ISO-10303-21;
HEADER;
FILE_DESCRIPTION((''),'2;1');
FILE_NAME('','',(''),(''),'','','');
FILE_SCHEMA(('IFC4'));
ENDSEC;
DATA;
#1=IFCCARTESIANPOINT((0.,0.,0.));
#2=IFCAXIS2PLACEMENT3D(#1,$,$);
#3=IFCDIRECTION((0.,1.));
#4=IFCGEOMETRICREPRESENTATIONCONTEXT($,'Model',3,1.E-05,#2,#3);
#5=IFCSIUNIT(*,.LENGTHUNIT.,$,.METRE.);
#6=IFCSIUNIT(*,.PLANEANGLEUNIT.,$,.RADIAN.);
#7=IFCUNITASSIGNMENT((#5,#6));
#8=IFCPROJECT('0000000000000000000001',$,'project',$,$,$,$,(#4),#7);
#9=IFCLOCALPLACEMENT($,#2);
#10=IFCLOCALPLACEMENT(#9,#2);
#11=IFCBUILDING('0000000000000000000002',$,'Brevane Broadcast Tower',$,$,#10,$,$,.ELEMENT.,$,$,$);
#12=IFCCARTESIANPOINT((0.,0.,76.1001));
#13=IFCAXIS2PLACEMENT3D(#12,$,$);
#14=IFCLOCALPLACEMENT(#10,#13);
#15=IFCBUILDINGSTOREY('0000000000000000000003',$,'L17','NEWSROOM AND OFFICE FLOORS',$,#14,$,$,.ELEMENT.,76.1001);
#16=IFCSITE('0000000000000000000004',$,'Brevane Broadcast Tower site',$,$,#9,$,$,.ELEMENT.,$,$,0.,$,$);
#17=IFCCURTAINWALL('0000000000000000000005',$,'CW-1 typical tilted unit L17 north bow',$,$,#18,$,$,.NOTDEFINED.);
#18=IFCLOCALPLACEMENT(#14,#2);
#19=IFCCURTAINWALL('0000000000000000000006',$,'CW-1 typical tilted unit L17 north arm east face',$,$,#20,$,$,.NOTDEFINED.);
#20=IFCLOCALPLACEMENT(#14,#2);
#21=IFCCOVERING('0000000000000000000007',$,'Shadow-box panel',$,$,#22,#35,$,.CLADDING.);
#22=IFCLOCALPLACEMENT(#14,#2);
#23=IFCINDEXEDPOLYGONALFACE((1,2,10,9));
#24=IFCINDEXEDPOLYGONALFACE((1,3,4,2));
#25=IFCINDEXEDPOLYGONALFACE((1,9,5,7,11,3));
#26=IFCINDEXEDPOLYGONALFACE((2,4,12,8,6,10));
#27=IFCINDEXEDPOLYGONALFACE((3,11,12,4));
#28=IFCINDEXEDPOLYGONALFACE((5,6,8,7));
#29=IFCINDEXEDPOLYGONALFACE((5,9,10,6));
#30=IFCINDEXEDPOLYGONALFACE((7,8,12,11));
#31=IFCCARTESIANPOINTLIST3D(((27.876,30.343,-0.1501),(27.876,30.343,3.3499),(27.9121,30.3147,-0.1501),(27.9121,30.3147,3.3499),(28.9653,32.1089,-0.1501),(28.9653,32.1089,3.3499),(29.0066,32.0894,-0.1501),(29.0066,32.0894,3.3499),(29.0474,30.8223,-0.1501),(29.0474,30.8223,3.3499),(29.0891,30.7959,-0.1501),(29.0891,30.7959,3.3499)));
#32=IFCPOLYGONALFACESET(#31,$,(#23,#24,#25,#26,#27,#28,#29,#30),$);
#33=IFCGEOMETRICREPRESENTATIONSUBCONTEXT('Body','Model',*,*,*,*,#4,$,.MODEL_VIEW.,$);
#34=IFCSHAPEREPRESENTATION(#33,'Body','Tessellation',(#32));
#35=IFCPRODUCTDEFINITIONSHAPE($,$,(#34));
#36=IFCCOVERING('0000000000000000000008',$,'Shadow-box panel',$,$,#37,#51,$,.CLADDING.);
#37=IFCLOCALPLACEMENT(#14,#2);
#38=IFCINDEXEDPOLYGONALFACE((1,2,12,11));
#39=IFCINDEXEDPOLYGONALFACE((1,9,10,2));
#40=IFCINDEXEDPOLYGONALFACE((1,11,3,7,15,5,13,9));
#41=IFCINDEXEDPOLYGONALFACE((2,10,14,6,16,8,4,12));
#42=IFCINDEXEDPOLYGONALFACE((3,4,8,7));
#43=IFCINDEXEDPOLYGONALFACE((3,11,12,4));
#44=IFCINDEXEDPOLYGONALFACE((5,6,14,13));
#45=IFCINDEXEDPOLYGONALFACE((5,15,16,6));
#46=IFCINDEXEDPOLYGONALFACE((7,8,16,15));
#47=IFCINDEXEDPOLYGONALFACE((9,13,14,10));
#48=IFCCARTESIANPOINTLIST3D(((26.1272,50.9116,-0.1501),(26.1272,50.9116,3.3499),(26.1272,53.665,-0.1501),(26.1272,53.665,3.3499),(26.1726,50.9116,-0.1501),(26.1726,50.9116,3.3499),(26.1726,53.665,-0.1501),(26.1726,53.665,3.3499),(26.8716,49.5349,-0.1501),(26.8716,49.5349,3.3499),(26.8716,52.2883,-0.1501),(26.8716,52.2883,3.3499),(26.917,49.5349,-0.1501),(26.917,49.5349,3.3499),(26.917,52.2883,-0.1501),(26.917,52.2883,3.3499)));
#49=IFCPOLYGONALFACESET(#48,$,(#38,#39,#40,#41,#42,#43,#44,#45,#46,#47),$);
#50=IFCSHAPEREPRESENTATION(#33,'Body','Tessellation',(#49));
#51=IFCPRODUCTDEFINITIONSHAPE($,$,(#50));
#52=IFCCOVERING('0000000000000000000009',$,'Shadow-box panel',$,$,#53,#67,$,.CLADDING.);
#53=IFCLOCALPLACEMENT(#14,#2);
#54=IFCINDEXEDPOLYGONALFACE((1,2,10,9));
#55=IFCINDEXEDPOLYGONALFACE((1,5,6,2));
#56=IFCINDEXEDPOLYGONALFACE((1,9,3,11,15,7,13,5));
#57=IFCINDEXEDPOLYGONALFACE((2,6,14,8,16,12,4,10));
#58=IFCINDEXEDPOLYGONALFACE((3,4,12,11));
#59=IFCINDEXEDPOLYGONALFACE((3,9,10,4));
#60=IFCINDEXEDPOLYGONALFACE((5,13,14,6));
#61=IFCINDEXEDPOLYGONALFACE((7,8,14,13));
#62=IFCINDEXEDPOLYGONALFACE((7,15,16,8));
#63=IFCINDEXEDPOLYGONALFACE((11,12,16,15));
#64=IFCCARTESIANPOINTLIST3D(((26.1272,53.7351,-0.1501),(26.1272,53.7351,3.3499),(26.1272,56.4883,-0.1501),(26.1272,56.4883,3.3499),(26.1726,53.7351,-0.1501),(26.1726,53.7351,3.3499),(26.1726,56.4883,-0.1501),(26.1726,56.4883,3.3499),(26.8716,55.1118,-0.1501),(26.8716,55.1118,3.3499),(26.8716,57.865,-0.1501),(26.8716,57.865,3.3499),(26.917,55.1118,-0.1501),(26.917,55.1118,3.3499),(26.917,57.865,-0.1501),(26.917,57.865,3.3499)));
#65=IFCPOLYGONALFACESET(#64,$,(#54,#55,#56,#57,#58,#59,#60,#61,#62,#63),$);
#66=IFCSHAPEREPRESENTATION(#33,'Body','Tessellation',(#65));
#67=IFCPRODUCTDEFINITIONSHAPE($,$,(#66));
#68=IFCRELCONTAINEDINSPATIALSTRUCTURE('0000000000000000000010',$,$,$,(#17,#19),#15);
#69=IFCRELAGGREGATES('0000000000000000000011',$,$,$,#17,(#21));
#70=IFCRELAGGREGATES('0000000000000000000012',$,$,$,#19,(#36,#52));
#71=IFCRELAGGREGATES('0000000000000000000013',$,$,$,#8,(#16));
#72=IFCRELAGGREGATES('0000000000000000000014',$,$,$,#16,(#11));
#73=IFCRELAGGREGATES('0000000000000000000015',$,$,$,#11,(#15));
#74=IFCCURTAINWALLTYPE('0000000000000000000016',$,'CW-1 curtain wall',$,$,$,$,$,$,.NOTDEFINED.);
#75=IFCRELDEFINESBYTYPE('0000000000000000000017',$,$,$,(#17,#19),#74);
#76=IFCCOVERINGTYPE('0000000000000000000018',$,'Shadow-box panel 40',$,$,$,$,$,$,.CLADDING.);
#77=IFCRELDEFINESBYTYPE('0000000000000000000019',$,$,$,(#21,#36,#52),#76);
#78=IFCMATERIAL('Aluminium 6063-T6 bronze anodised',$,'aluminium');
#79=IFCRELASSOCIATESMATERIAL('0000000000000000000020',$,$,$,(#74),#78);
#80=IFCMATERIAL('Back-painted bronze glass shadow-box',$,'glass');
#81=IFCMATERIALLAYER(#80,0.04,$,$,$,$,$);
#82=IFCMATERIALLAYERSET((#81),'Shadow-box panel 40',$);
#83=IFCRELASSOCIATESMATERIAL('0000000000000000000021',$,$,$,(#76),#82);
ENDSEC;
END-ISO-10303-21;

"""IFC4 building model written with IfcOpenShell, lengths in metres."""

from ifc_helpers import new_model, si_unit, direction, frame, origin, place, context, subcontext, project, spatial, polyline, outline, extrude, material, layer, layer_set, type_object, element, aggregate, save


model = new_model("IFC4")

# Units and contexts
model_context = context("Model", 3, precision=1e-05, world=origin(), true_north=direction((0.0, 1.0)))
body_context = subcontext(model_context, "Body", "Model", "MODEL_VIEW")
ifc_project = project(units=[si_unit("LENGTHUNIT", "METRE"), si_unit("PLANEANGLEUNIT", "RADIAN")], contexts=[model_context])

# Site, building, storey
site_placement = place(None, origin())
site = spatial("IfcSite", under=ifc_project, at=site_placement, Name="Brevane Broadcast Tower site", CompositionType="ELEMENT", RefElevation=0.0)
building_placement = place(site_placement, origin())
building = spatial("IfcBuilding", under=site, at=building_placement, Name="Brevane Broadcast Tower", CompositionType="ELEMENT")
storey_placement = place(building_placement, frame((0.0, 0.0, 76.1001)))
storey = spatial("IfcBuildingStorey", under=building, at=storey_placement, Name="L17", Description="NEWSROOM AND OFFICE FLOORS", CompositionType="ELEMENT", Elevation=76.1001)

# Shared definitions
ifc_material_1 = material(Name="Aluminium 6063-T6 bronze anodised", Category="aluminium")
curtain_wall_type = type_object("IfcCurtainWallType", Name="CW-1 curtain wall", PredefinedType="NOTDEFINED", material=ifc_material_1)

# Curtain walls
curtain_wall_1_placement = place(storey_placement, origin())
curtain_wall_1 = element("IfcCurtainWall", 1, at=curtain_wall_1_placement, inside=storey, type_object=curtain_wall_type, Name="CW-1 typical tilted unit L17 north bow", PredefinedType="NOTDEFINED")
curtain_wall_2_placement = place(storey_placement, origin())
curtain_wall_2 = element("IfcCurtainWall", 2, at=curtain_wall_2_placement, inside=storey, type_object=curtain_wall_type, Name="CW-1 typical tilted unit L17 north arm east face", PredefinedType="NOTDEFINED")

# Coverings
ifc_material_2 = material(Name="Back-painted bronze glass shadow-box", Category="glass")
ifc_layer_1 = layer(ifc_material_2, 0.04)
ifc_layer_set_1 = layer_set([ifc_layer_1], Name="Shadow-box panel 40")
covering_type = type_object("IfcCoveringType", Name="Shadow-box panel 40", PredefinedType="CLADDING", material=ifc_layer_set_1)
covering_1_placement = place(storey_placement, frame((0.0, 0.0, -0.1501)))
covering_1 = element("IfcCovering", 3, at=covering_1_placement, type_object=covering_type, Name="Shadow-box panel", PredefinedType="CLADDING", context=body_context, shape_type="SweptSolid", body=[
    extrude(outline(polyline([(27.876, 30.343), (27.9121, 30.3147), (29.0891, 30.7959), (29.0066, 32.0894), (28.9653, 32.1089), (29.0474, 30.8223), (27.876, 30.343)])), origin(), (0.0, 0.0, 1.0), 3.5),
])
aggregate(curtain_wall_1, [covering_1])
covering_2_placement = place(storey_placement, frame((0.0, 0.0, -0.1501)))
covering_2 = element("IfcCovering", 4, at=covering_2_placement, type_object=covering_type, Name="Shadow-box panel", PredefinedType="CLADDING", context=body_context, shape_type="SweptSolid", body=[
    extrude(outline(polyline([(26.8716, 49.5349), (26.917, 49.5349), (26.1726, 50.9116), (26.917, 52.2883), (26.1726, 53.665), (26.1272, 53.665), (26.8716, 52.2883), (26.1272, 50.9116), (26.8716, 49.5349)])), origin(), (0.0, 0.0, 1.0), 3.5),
])
covering_3_placement = place(storey_placement, frame((0.0, 0.0, -0.1501)))
covering_3 = element("IfcCovering", 5, at=covering_3_placement, type_object=covering_type, Name="Shadow-box panel", PredefinedType="CLADDING", context=body_context, shape_type="SweptSolid", body=[
    extrude(outline(polyline([(26.1272, 53.7351), (26.1726, 53.7351), (26.917, 55.1118), (26.1726, 56.4883), (26.917, 57.865), (26.8716, 57.865), (26.1272, 56.4883), (26.8716, 55.1118), (26.1272, 53.7351)])), origin(), (0.0, 0.0, 1.0), 3.5),
])
aggregate(curtain_wall_2, [covering_2, covering_3])

save(model, "model.ifc")
